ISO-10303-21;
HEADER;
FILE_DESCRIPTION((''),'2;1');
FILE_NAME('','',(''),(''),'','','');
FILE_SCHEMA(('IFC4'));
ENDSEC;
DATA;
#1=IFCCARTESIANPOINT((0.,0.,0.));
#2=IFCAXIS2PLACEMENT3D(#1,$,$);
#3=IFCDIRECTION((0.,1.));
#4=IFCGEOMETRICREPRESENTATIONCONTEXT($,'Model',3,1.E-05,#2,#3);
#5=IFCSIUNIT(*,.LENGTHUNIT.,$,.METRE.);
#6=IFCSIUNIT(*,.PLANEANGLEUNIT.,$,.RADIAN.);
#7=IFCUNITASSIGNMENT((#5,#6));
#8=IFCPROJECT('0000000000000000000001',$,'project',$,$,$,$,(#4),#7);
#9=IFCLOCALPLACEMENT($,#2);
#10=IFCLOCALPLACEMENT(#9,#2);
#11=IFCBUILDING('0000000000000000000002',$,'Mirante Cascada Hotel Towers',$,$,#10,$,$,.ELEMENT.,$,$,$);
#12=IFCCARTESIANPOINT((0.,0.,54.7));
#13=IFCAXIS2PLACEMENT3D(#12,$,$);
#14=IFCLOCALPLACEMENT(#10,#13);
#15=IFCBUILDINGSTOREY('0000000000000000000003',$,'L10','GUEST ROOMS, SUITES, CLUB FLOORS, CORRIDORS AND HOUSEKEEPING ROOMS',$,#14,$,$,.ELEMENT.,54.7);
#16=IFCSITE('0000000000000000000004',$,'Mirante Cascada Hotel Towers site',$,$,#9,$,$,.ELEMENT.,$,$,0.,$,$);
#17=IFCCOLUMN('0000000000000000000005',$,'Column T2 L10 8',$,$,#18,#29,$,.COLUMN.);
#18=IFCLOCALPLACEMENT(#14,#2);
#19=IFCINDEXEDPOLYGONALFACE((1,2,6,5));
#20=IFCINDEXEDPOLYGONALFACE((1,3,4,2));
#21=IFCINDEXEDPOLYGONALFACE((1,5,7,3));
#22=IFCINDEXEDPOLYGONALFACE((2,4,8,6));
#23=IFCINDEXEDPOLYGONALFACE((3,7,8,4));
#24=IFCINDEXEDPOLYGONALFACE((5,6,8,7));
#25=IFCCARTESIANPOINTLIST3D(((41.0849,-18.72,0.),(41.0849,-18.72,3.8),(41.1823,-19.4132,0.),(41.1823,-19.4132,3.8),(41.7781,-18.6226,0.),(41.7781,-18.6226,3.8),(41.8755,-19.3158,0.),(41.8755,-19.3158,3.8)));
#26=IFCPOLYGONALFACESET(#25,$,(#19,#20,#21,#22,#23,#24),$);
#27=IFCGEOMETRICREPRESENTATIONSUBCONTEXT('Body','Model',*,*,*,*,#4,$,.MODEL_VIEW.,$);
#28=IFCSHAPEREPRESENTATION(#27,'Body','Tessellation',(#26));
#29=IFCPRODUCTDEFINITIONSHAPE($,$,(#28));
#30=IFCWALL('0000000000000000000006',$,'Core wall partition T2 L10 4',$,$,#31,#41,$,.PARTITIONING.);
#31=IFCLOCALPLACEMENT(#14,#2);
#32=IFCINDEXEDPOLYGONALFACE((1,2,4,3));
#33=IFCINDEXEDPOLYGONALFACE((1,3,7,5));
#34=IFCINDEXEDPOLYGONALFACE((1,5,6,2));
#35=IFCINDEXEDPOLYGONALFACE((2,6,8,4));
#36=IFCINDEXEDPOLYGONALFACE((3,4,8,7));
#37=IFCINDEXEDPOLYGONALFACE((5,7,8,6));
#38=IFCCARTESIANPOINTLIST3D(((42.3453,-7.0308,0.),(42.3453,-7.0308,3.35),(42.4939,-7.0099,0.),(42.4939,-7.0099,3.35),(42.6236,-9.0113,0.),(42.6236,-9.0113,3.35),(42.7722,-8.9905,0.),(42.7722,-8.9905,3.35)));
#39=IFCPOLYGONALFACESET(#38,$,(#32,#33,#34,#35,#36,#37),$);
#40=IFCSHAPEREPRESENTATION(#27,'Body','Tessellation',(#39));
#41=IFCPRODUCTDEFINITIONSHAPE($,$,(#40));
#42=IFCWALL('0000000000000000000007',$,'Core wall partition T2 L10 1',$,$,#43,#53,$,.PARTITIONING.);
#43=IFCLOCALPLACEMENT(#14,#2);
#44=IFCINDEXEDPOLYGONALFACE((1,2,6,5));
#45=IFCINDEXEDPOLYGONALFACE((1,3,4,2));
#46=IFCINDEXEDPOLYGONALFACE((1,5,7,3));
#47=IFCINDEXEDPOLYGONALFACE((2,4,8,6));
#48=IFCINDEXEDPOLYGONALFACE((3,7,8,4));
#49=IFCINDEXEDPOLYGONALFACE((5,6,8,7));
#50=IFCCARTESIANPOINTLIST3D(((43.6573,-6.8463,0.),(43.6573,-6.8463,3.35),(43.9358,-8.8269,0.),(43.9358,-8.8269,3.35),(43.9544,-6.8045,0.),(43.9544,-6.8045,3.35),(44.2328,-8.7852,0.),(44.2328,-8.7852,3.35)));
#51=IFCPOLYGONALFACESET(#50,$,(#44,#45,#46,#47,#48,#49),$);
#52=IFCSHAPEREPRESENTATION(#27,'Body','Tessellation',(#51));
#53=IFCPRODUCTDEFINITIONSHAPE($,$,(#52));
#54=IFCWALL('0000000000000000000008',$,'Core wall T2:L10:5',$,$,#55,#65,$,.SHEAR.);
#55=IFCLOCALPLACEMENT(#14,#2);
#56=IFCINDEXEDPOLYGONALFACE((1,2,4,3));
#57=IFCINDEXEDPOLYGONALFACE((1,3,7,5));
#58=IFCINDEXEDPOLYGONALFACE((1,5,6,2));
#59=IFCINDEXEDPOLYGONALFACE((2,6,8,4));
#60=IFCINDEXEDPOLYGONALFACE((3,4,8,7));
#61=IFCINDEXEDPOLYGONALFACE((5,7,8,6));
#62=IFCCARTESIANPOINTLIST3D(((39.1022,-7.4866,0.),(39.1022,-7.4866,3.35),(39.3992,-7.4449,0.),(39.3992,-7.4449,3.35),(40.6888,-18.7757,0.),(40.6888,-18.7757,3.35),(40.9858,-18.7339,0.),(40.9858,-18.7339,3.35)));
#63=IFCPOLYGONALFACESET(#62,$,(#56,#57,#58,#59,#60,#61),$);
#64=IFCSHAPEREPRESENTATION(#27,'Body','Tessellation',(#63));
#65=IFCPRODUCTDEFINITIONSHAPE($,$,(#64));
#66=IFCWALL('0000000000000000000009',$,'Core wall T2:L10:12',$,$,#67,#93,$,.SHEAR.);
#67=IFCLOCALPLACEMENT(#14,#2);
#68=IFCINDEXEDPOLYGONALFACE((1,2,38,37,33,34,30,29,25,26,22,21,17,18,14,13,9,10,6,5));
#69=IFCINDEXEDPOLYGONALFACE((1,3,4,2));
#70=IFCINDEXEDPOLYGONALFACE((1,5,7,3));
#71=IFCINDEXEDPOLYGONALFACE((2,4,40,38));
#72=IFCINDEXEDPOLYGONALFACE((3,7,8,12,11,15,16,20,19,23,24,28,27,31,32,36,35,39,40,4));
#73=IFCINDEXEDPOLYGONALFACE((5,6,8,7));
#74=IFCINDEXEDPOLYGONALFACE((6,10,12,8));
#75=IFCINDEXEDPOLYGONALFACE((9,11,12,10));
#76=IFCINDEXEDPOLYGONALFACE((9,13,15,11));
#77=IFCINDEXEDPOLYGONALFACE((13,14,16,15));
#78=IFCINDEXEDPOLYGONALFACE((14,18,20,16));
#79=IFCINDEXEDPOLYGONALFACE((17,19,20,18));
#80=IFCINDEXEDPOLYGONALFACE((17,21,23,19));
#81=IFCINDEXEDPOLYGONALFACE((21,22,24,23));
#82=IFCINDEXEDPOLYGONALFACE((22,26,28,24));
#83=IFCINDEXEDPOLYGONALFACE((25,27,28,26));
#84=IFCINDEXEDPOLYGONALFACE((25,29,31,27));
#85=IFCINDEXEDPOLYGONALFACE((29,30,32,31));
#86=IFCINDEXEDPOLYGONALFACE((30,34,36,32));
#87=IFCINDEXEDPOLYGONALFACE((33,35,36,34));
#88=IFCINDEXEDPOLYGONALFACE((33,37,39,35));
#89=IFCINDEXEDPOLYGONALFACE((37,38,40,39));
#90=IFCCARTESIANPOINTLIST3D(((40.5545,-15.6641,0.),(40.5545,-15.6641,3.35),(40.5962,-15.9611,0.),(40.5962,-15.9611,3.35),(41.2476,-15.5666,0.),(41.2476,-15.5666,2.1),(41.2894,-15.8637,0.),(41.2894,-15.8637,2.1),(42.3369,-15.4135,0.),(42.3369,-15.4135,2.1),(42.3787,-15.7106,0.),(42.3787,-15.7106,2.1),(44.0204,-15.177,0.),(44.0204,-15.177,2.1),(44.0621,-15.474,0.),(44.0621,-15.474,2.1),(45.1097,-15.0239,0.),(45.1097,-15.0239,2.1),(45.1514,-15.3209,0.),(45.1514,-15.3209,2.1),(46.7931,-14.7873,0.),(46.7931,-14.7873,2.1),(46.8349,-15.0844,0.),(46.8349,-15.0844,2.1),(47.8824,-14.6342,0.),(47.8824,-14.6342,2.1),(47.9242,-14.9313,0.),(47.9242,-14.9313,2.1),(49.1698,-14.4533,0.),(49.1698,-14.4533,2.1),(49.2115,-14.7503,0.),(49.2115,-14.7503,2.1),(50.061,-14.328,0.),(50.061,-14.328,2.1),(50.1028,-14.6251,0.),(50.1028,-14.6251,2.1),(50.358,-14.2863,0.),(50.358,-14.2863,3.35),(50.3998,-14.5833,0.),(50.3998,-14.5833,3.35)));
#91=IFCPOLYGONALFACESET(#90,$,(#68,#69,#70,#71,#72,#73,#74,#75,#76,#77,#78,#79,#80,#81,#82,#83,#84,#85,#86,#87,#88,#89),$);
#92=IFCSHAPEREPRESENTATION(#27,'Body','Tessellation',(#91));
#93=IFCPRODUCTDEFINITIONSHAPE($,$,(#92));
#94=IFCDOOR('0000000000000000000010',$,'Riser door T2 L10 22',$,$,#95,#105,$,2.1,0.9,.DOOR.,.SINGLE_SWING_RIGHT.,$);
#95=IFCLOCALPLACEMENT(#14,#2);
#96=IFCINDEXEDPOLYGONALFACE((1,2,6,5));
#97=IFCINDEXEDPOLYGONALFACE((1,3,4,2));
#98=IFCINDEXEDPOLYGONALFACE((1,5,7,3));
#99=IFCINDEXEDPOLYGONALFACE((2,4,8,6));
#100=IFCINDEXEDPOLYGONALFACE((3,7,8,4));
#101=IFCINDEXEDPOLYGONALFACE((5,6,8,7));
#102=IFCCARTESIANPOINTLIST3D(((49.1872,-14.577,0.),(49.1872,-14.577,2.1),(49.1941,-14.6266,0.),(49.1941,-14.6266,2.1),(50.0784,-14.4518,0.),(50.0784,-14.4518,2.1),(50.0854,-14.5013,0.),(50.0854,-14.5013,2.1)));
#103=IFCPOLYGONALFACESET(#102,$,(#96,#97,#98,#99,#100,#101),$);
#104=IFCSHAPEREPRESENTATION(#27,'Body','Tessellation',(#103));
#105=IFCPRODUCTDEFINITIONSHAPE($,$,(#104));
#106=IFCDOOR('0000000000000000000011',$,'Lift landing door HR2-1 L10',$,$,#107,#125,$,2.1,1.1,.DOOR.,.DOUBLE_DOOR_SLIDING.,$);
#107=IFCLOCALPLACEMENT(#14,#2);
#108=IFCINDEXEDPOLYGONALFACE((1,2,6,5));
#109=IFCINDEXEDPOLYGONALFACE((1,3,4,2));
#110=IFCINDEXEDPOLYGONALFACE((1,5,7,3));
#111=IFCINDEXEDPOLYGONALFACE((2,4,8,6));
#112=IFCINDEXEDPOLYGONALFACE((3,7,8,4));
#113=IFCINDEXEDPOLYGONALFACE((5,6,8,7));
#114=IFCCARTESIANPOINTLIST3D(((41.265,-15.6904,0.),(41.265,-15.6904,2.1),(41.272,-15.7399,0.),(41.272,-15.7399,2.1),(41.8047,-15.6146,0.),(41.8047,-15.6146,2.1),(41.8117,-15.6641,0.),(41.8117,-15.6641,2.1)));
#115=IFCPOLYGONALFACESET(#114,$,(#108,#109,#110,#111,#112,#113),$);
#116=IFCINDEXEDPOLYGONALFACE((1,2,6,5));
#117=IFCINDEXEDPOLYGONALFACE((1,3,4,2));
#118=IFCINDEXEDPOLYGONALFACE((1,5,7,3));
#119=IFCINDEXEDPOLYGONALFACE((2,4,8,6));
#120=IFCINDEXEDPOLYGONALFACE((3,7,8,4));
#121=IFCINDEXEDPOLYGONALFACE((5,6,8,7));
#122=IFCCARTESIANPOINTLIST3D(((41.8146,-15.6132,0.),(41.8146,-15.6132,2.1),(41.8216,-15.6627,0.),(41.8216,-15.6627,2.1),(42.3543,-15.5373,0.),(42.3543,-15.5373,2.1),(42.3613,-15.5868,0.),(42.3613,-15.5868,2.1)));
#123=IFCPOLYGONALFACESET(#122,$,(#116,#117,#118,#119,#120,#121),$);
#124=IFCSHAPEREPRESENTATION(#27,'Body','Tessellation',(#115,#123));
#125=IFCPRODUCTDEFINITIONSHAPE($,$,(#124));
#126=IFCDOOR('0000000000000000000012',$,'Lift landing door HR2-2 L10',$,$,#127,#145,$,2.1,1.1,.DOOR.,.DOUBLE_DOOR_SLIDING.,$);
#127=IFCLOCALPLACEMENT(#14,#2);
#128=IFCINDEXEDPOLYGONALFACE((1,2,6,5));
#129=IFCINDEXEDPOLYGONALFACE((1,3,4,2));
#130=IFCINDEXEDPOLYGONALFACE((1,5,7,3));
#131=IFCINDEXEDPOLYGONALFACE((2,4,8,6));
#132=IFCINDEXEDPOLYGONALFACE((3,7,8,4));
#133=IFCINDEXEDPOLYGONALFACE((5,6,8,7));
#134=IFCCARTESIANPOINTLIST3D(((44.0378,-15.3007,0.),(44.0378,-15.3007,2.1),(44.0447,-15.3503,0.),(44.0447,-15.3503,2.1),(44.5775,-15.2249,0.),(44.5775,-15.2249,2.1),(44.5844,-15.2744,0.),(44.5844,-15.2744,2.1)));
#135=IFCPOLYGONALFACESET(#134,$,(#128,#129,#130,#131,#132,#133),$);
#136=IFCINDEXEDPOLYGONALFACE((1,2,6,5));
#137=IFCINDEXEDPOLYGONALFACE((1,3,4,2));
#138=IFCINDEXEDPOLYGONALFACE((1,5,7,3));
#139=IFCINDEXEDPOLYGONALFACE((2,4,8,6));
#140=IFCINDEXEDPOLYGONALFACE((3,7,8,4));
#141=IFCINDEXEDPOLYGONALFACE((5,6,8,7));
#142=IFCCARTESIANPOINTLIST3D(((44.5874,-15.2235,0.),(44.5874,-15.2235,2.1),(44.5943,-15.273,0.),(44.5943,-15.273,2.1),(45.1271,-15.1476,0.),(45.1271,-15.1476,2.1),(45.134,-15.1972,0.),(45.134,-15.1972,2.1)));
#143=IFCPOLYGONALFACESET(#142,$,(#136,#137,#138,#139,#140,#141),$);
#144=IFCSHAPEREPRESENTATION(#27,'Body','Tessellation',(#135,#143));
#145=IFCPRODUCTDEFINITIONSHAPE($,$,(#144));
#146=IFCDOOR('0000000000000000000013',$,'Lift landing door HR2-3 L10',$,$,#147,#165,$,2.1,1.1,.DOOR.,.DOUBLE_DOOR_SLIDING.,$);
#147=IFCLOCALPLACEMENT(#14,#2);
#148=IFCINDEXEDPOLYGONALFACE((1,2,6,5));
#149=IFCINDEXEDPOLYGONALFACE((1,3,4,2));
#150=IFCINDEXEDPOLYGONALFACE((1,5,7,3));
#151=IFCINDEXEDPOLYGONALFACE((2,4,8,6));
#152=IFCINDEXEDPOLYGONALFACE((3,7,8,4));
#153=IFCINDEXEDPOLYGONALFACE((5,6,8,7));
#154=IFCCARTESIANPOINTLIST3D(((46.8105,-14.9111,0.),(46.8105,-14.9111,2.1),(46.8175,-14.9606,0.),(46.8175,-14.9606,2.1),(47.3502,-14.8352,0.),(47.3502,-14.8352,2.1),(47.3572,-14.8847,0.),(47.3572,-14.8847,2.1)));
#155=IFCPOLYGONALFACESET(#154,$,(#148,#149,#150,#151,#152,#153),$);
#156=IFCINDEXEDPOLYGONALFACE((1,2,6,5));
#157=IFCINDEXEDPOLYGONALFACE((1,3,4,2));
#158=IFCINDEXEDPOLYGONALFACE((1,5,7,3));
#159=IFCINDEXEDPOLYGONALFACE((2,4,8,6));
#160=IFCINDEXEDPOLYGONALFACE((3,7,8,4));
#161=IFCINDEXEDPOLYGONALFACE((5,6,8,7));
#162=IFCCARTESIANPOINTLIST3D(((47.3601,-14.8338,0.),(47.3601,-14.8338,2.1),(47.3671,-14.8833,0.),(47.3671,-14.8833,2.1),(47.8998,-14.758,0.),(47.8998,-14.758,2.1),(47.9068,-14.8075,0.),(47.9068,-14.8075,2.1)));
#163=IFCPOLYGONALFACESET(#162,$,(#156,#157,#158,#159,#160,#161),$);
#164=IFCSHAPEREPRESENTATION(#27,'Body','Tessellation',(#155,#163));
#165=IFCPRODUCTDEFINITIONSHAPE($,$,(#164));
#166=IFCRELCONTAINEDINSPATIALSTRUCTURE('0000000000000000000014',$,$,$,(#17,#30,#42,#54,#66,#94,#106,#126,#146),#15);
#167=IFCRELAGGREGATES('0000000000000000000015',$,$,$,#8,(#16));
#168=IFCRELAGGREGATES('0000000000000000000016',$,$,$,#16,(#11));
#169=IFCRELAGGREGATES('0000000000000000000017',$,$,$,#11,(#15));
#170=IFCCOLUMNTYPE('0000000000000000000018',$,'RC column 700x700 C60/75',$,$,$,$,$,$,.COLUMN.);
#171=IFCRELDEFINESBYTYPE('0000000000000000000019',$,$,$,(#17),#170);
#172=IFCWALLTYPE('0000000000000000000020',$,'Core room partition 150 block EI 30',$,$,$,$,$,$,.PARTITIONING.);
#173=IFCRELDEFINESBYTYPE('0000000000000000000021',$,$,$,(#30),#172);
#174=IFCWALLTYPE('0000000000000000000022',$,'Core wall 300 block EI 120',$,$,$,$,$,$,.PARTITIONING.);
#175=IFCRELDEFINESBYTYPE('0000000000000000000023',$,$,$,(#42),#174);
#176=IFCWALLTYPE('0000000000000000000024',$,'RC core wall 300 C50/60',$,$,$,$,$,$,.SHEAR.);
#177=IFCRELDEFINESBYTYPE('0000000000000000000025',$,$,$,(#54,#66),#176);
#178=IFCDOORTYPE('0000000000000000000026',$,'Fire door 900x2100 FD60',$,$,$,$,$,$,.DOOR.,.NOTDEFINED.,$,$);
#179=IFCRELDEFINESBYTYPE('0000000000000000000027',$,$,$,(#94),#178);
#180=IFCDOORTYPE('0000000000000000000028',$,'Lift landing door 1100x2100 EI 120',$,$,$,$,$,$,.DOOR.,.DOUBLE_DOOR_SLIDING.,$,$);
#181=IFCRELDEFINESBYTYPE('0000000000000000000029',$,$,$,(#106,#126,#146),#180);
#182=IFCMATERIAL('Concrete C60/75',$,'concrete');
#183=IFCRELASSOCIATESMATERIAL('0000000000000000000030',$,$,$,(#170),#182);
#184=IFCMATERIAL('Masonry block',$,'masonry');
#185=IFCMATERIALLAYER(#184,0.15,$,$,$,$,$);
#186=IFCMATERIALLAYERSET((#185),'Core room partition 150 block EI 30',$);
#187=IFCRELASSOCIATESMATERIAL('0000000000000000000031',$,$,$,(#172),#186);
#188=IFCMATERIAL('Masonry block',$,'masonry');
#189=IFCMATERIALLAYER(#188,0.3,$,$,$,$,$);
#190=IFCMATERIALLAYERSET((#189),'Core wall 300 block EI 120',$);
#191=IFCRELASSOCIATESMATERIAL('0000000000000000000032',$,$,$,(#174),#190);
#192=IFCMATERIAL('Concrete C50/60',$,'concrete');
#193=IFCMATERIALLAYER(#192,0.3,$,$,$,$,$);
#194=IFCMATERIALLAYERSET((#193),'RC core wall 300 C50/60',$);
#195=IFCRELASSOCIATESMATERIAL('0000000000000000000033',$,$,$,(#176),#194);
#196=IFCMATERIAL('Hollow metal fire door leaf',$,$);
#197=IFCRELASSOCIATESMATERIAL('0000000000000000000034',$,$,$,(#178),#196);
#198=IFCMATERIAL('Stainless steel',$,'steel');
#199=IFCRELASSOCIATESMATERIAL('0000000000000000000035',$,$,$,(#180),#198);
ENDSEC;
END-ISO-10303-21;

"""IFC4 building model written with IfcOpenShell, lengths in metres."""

from ifc_helpers import new_model, si_unit, direction, frame, frame_2d, origin, origin_2d, place, context, subcontext, project, spatial, rectangle, extrude, material, layer, layer_set, material_profile, profile_set, type_object, element, fill, save


model = new_model("IFC4")

# Units and contexts
model_context = context("Model", 3, precision=1e-05, world=origin(), true_north=direction((0.0, 1.0)))
body_context = subcontext(model_context, "Body", "Model", "MODEL_VIEW")
ifc_project = project(units=[si_unit("LENGTHUNIT", "METRE"), si_unit("PLANEANGLEUNIT", "RADIAN")], contexts=[model_context])

# Site, building, storey
site_placement = place(None, origin())
site = spatial("IfcSite", under=ifc_project, at=site_placement, Name="Mirante Cascada Hotel Towers site", CompositionType="ELEMENT", RefElevation=0.0)
building_placement = place(site_placement, origin())
building = spatial("IfcBuilding", under=site, at=building_placement, Name="Mirante Cascada Hotel Towers", CompositionType="ELEMENT")
storey_placement = place(building_placement, frame((0.0, 0.0, 54.7)))
storey = spatial("IfcBuildingStorey", under=building, at=storey_placement, Name="L10", Description="GUEST ROOMS, SUITES, CLUB FLOORS, CORRIDORS AND HOUSEKEEPING ROOMS", CompositionType="ELEMENT", Elevation=54.7)

# Column
ifc_material_1 = material(Name="Concrete C60/75", Category="concrete")
ifc_material_profile = material_profile(ifc_material_1, rectangle(XDim=0.7, YDim=0.7, at=origin_2d()), Name="RC column 700x700 C60/75")
ifc_profile_set = profile_set([ifc_material_profile], Name="Concrete C60/75")
column_type = type_object("IfcColumnType", Name="RC column 700x700 C60/75", PredefinedType="COLUMN", material=ifc_profile_set)
column_placement = place(storey_placement, frame((41.4802, -19.0179, 0.0), z_axis=(0.0, 0.0, 1.0), x_axis=(0.990268, 0.139173, 0.0)))
element("IfcColumn", 1, at=column_placement, inside=storey, type_object=column_type, Name="Column T2 L10 8", PredefinedType="COLUMN", context=body_context, shape_type="SweptSolid", body=[
    extrude(rectangle(XDim=0.7, YDim=0.7, at=origin_2d()), origin(), (0.0, 0.0, 1.0), 3.8),
])

# Walls
ifc_material_2 = material(Name="Masonry block", Category="masonry")
ifc_layer_1 = layer(ifc_material_2, 0.15)
ifc_layer_set_1 = layer_set([ifc_layer_1], Name="Core room partition 150 block EI 30")
wall_type_1 = type_object("IfcWallType", Name="Core room partition 150 block EI 30", PredefinedType="PARTITIONING", material=ifc_layer_set_1)
wall_1_placement = place(storey_placement, frame((42.6979, -9.0009, 0.0), z_axis=(0.0, 0.0, 1.0), x_axis=(-0.139153, 0.990271, 0.0)))
element("IfcWall", 2, at=wall_1_placement, inside=storey, type_object=wall_type_1, Name="Core wall partition T2 L10 4", PredefinedType="PARTITIONING", context=body_context, shape_type="SweptSolid", body=[
    extrude(rectangle(XDim=2.0, YDim=0.15, at=frame_2d((1.0, 0.0))), origin(), (0.0, 0.0, 1.0), 3.35),
])
ifc_material_3 = material(Name="Masonry block", Category="masonry")
ifc_layer_2 = layer(ifc_material_3, 0.3)
ifc_layer_set_2 = layer_set([ifc_layer_2], Name="Core wall 300 block EI 120")
wall_type_2 = type_object("IfcWallType", Name="Core wall 300 block EI 120", PredefinedType="PARTITIONING", material=ifc_layer_set_2)
wall_2_placement = place(storey_placement, frame((44.0843, -8.8061, 0.0), z_axis=(0.0, 0.0, 1.0), x_axis=(-0.139195, 0.990265, 0.0)))
element("IfcWall", 3, at=wall_2_placement, inside=storey, type_object=wall_type_2, Name="Core wall partition T2 L10 1", PredefinedType="PARTITIONING", context=body_context, shape_type="SweptSolid", body=[
    extrude(rectangle(XDim=2.0001, YDim=0.3, at=frame_2d((1.0001, 0.0))), origin(), (0.0, 0.0, 1.0), 3.35),
])
ifc_material_4 = material(Name="Concrete C50/60", Category="concrete")
ifc_layer_3 = layer(ifc_material_4, 0.3)
ifc_layer_set_3 = layer_set([ifc_layer_3], Name="RC core wall 300 C50/60")
wall_type_3 = type_object("IfcWallType", Name="RC core wall 300 C50/60", PredefinedType="SHEAR", material=ifc_layer_set_3)
wall_3_placement = place(storey_placement, frame((40.8373, -18.7548, 0.0), z_axis=(0.0, 0.0, 1.0), x_axis=(-0.139175, 0.990268, 0.0)))
element("IfcWall", 4, at=wall_3_placement, inside=storey, type_object=wall_type_3, Name="Core wall T2:L10:5", PredefinedType="SHEAR", context=body_context, shape_type="SweptSolid", body=[
    extrude(rectangle(XDim=11.4, YDim=0.3, at=frame_2d((5.7, 0.0))), origin(), (0.0, 0.0, 1.0), 3.35),
])

# Wall, openings, doors
wall_4_placement = place(storey_placement, frame((40.5753, -15.8126, 0.0), z_axis=(0.0, 0.0, 1.0), x_axis=(0.990268, 0.139173, 0.0)))
wall_4 = element("IfcWall", 5, at=wall_4_placement, inside=storey, type_object=wall_type_3, Name="Core wall T2:L10:12", PredefinedType="SHEAR", context=body_context, shape_type="SweptSolid", body=[
    extrude(rectangle(XDim=9.8999, YDim=0.3, at=frame_2d((4.95, 0.0))), origin(), (0.0, 0.0, 1.0), 3.35),
])
opening_1_placement = place(wall_4_placement, frame((0.7, 0.0, 0.0)))
opening_1 = element("IfcOpeningElement", 6, at=opening_1_placement, cuts=wall_4, PredefinedType="OPENING", context=body_context, shape_type="SweptSolid", body=[
    extrude(rectangle(XDim=1.1, YDim=2.1, at=frame_2d((0.55, 1.05))), frame((0.0, 0.15, 0.0), z_axis=(0.0, -1.0, 0.0), x_axis=(1.0, 0.0, 0.0)), (0.0, 0.0, 1.0), 0.3),
])
opening_2_placement = place(wall_4_placement, frame((3.5, 0.0, 0.0)))
opening_2 = element("IfcOpeningElement", 7, at=opening_2_placement, cuts=wall_4, PredefinedType="OPENING", context=body_context, shape_type="SweptSolid", body=[
    extrude(rectangle(XDim=1.1, YDim=2.1, at=frame_2d((0.55, 1.05))), frame((0.0, 0.15, 0.0), z_axis=(0.0, -1.0, 0.0), x_axis=(1.0, 0.0, 0.0)), (0.0, 0.0, 1.0), 0.3),
])
opening_3_placement = place(wall_4_placement, frame((6.3, 0.0, 0.0)))
opening_3 = element("IfcOpeningElement", 8, at=opening_3_placement, cuts=wall_4, PredefinedType="OPENING", context=body_context, shape_type="SweptSolid", body=[
    extrude(rectangle(XDim=1.1, YDim=2.1, at=frame_2d((0.55, 1.05))), frame((0.0, 0.15, 0.0), z_axis=(0.0, -1.0, 0.0), x_axis=(1.0, 0.0, 0.0)), (0.0, 0.0, 1.0), 0.3),
])
opening_4_placement = place(wall_4_placement, frame((8.7, 0.0, 0.0)))
opening_4 = element("IfcOpeningElement", 9, at=opening_4_placement, cuts=wall_4, PredefinedType="OPENING", context=body_context, shape_type="SweptSolid", body=[
    extrude(rectangle(XDim=0.9, YDim=2.1, at=frame_2d((0.45, 1.05))), frame((0.0, 0.15, 0.0), z_axis=(0.0, -1.0, 0.0), x_axis=(1.0, 0.0, 0.0)), (0.0, 0.0, 1.0), 0.3),
])
ifc_material_5 = material(Name="Hollow metal fire door leaf")
door_type_1 = type_object("IfcDoorType", Name="Fire door 900x2100 FD60", OperationType="NOTDEFINED", PredefinedType="DOOR", material=ifc_material_5)
door_1_placement = place(opening_4_placement, frame((0.9, 0.0, 0.0), z_axis=(0.0, 0.0, 1.0), x_axis=(-1.0, 0.0, 0.0)))
door_1 = element("IfcDoor", 10, at=door_1_placement, inside=storey, type_object=door_type_1, Name="Riser door T2 L10 22", OperationType="SINGLE_SWING_RIGHT", OverallHeight=2.1, OverallWidth=0.9, PredefinedType="DOOR", context=body_context, shape_type="SweptSolid", body=[
    extrude(rectangle(XDim=0.9, YDim=2.1, at=frame_2d((0.45, 1.05))), frame((0.0, 0.025, 0.0), z_axis=(0.0, -1.0, 0.0), x_axis=(1.0, 0.0, 0.0)), (0.0, 0.0, 1.0), 0.05),
])
fill(opening_4, door_1)
ifc_material_6 = material(Name="Stainless steel", Category="steel")
door_type_2 = type_object("IfcDoorType", Name="Lift landing door 1100x2100 EI 120", OperationType="DOUBLE_DOOR_SLIDING", PredefinedType="DOOR", material=ifc_material_6)
door_2_placement = place(opening_1_placement, origin())
door_2 = element("IfcDoor", 11, at=door_2_placement, inside=storey, type_object=door_type_2, Name="Lift landing door HR2-1 L10", OperationType="DOUBLE_DOOR_SLIDING", OverallHeight=2.1, OverallWidth=1.1, PredefinedType="DOOR", context=body_context, shape_type="SweptSolid", body=[
    extrude(rectangle(XDim=0.545, YDim=2.1, at=frame_2d((0.2725, 1.05))), frame((0.0, 0.025, 0.0), z_axis=(0.0, -1.0, 0.0), x_axis=(1.0, 0.0, 0.0)), (0.0, 0.0, 1.0), 0.05),
    extrude(rectangle(XDim=0.545, YDim=2.1, at=frame_2d((0.8275, 1.05))), frame((0.0, 0.025, 0.0), z_axis=(0.0, -1.0, 0.0), x_axis=(1.0, 0.0, 0.0)), (0.0, 0.0, 1.0), 0.05),
])
fill(opening_1, door_2)
door_3_placement = place(opening_2_placement, origin())
door_3 = element("IfcDoor", 12, at=door_3_placement, inside=storey, type_object=door_type_2, Name="Lift landing door HR2-2 L10", OperationType="DOUBLE_DOOR_SLIDING", OverallHeight=2.1, OverallWidth=1.1, PredefinedType="DOOR", context=body_context, shape_type="SweptSolid", body=[
    extrude(rectangle(XDim=0.545, YDim=2.1, at=frame_2d((0.2725, 1.05))), frame((0.0, 0.025, 0.0), z_axis=(0.0, -1.0, 0.0), x_axis=(1.0, 0.0, 0.0)), (0.0, 0.0, 1.0), 0.05),
    extrude(rectangle(XDim=0.545, YDim=2.1, at=frame_2d((0.8275, 1.05))), frame((0.0, 0.025, 0.0), z_axis=(0.0, -1.0, 0.0), x_axis=(1.0, 0.0, 0.0)), (0.0, 0.0, 1.0), 0.05),
])
fill(opening_2, door_3)
door_4_placement = place(opening_3_placement, origin())
door_4 = element("IfcDoor", 13, at=door_4_placement, inside=storey, type_object=door_type_2, Name="Lift landing door HR2-3 L10", OperationType="DOUBLE_DOOR_SLIDING", OverallHeight=2.1, OverallWidth=1.1, PredefinedType="DOOR", context=body_context, shape_type="SweptSolid", body=[
    extrude(rectangle(XDim=0.545, YDim=2.1, at=frame_2d((0.2725, 1.05))), frame((0.0, 0.025, 0.0), z_axis=(0.0, -1.0, 0.0), x_axis=(1.0, 0.0, 0.0)), (0.0, 0.0, 1.0), 0.05),
    extrude(rectangle(XDim=0.545, YDim=2.1, at=frame_2d((0.8275, 1.05))), frame((0.0, 0.025, 0.0), z_axis=(0.0, -1.0, 0.0), x_axis=(1.0, 0.0, 0.0)), (0.0, 0.0, 1.0), 0.05),
])
fill(opening_3, door_4)

save(model, "model.ifc")
